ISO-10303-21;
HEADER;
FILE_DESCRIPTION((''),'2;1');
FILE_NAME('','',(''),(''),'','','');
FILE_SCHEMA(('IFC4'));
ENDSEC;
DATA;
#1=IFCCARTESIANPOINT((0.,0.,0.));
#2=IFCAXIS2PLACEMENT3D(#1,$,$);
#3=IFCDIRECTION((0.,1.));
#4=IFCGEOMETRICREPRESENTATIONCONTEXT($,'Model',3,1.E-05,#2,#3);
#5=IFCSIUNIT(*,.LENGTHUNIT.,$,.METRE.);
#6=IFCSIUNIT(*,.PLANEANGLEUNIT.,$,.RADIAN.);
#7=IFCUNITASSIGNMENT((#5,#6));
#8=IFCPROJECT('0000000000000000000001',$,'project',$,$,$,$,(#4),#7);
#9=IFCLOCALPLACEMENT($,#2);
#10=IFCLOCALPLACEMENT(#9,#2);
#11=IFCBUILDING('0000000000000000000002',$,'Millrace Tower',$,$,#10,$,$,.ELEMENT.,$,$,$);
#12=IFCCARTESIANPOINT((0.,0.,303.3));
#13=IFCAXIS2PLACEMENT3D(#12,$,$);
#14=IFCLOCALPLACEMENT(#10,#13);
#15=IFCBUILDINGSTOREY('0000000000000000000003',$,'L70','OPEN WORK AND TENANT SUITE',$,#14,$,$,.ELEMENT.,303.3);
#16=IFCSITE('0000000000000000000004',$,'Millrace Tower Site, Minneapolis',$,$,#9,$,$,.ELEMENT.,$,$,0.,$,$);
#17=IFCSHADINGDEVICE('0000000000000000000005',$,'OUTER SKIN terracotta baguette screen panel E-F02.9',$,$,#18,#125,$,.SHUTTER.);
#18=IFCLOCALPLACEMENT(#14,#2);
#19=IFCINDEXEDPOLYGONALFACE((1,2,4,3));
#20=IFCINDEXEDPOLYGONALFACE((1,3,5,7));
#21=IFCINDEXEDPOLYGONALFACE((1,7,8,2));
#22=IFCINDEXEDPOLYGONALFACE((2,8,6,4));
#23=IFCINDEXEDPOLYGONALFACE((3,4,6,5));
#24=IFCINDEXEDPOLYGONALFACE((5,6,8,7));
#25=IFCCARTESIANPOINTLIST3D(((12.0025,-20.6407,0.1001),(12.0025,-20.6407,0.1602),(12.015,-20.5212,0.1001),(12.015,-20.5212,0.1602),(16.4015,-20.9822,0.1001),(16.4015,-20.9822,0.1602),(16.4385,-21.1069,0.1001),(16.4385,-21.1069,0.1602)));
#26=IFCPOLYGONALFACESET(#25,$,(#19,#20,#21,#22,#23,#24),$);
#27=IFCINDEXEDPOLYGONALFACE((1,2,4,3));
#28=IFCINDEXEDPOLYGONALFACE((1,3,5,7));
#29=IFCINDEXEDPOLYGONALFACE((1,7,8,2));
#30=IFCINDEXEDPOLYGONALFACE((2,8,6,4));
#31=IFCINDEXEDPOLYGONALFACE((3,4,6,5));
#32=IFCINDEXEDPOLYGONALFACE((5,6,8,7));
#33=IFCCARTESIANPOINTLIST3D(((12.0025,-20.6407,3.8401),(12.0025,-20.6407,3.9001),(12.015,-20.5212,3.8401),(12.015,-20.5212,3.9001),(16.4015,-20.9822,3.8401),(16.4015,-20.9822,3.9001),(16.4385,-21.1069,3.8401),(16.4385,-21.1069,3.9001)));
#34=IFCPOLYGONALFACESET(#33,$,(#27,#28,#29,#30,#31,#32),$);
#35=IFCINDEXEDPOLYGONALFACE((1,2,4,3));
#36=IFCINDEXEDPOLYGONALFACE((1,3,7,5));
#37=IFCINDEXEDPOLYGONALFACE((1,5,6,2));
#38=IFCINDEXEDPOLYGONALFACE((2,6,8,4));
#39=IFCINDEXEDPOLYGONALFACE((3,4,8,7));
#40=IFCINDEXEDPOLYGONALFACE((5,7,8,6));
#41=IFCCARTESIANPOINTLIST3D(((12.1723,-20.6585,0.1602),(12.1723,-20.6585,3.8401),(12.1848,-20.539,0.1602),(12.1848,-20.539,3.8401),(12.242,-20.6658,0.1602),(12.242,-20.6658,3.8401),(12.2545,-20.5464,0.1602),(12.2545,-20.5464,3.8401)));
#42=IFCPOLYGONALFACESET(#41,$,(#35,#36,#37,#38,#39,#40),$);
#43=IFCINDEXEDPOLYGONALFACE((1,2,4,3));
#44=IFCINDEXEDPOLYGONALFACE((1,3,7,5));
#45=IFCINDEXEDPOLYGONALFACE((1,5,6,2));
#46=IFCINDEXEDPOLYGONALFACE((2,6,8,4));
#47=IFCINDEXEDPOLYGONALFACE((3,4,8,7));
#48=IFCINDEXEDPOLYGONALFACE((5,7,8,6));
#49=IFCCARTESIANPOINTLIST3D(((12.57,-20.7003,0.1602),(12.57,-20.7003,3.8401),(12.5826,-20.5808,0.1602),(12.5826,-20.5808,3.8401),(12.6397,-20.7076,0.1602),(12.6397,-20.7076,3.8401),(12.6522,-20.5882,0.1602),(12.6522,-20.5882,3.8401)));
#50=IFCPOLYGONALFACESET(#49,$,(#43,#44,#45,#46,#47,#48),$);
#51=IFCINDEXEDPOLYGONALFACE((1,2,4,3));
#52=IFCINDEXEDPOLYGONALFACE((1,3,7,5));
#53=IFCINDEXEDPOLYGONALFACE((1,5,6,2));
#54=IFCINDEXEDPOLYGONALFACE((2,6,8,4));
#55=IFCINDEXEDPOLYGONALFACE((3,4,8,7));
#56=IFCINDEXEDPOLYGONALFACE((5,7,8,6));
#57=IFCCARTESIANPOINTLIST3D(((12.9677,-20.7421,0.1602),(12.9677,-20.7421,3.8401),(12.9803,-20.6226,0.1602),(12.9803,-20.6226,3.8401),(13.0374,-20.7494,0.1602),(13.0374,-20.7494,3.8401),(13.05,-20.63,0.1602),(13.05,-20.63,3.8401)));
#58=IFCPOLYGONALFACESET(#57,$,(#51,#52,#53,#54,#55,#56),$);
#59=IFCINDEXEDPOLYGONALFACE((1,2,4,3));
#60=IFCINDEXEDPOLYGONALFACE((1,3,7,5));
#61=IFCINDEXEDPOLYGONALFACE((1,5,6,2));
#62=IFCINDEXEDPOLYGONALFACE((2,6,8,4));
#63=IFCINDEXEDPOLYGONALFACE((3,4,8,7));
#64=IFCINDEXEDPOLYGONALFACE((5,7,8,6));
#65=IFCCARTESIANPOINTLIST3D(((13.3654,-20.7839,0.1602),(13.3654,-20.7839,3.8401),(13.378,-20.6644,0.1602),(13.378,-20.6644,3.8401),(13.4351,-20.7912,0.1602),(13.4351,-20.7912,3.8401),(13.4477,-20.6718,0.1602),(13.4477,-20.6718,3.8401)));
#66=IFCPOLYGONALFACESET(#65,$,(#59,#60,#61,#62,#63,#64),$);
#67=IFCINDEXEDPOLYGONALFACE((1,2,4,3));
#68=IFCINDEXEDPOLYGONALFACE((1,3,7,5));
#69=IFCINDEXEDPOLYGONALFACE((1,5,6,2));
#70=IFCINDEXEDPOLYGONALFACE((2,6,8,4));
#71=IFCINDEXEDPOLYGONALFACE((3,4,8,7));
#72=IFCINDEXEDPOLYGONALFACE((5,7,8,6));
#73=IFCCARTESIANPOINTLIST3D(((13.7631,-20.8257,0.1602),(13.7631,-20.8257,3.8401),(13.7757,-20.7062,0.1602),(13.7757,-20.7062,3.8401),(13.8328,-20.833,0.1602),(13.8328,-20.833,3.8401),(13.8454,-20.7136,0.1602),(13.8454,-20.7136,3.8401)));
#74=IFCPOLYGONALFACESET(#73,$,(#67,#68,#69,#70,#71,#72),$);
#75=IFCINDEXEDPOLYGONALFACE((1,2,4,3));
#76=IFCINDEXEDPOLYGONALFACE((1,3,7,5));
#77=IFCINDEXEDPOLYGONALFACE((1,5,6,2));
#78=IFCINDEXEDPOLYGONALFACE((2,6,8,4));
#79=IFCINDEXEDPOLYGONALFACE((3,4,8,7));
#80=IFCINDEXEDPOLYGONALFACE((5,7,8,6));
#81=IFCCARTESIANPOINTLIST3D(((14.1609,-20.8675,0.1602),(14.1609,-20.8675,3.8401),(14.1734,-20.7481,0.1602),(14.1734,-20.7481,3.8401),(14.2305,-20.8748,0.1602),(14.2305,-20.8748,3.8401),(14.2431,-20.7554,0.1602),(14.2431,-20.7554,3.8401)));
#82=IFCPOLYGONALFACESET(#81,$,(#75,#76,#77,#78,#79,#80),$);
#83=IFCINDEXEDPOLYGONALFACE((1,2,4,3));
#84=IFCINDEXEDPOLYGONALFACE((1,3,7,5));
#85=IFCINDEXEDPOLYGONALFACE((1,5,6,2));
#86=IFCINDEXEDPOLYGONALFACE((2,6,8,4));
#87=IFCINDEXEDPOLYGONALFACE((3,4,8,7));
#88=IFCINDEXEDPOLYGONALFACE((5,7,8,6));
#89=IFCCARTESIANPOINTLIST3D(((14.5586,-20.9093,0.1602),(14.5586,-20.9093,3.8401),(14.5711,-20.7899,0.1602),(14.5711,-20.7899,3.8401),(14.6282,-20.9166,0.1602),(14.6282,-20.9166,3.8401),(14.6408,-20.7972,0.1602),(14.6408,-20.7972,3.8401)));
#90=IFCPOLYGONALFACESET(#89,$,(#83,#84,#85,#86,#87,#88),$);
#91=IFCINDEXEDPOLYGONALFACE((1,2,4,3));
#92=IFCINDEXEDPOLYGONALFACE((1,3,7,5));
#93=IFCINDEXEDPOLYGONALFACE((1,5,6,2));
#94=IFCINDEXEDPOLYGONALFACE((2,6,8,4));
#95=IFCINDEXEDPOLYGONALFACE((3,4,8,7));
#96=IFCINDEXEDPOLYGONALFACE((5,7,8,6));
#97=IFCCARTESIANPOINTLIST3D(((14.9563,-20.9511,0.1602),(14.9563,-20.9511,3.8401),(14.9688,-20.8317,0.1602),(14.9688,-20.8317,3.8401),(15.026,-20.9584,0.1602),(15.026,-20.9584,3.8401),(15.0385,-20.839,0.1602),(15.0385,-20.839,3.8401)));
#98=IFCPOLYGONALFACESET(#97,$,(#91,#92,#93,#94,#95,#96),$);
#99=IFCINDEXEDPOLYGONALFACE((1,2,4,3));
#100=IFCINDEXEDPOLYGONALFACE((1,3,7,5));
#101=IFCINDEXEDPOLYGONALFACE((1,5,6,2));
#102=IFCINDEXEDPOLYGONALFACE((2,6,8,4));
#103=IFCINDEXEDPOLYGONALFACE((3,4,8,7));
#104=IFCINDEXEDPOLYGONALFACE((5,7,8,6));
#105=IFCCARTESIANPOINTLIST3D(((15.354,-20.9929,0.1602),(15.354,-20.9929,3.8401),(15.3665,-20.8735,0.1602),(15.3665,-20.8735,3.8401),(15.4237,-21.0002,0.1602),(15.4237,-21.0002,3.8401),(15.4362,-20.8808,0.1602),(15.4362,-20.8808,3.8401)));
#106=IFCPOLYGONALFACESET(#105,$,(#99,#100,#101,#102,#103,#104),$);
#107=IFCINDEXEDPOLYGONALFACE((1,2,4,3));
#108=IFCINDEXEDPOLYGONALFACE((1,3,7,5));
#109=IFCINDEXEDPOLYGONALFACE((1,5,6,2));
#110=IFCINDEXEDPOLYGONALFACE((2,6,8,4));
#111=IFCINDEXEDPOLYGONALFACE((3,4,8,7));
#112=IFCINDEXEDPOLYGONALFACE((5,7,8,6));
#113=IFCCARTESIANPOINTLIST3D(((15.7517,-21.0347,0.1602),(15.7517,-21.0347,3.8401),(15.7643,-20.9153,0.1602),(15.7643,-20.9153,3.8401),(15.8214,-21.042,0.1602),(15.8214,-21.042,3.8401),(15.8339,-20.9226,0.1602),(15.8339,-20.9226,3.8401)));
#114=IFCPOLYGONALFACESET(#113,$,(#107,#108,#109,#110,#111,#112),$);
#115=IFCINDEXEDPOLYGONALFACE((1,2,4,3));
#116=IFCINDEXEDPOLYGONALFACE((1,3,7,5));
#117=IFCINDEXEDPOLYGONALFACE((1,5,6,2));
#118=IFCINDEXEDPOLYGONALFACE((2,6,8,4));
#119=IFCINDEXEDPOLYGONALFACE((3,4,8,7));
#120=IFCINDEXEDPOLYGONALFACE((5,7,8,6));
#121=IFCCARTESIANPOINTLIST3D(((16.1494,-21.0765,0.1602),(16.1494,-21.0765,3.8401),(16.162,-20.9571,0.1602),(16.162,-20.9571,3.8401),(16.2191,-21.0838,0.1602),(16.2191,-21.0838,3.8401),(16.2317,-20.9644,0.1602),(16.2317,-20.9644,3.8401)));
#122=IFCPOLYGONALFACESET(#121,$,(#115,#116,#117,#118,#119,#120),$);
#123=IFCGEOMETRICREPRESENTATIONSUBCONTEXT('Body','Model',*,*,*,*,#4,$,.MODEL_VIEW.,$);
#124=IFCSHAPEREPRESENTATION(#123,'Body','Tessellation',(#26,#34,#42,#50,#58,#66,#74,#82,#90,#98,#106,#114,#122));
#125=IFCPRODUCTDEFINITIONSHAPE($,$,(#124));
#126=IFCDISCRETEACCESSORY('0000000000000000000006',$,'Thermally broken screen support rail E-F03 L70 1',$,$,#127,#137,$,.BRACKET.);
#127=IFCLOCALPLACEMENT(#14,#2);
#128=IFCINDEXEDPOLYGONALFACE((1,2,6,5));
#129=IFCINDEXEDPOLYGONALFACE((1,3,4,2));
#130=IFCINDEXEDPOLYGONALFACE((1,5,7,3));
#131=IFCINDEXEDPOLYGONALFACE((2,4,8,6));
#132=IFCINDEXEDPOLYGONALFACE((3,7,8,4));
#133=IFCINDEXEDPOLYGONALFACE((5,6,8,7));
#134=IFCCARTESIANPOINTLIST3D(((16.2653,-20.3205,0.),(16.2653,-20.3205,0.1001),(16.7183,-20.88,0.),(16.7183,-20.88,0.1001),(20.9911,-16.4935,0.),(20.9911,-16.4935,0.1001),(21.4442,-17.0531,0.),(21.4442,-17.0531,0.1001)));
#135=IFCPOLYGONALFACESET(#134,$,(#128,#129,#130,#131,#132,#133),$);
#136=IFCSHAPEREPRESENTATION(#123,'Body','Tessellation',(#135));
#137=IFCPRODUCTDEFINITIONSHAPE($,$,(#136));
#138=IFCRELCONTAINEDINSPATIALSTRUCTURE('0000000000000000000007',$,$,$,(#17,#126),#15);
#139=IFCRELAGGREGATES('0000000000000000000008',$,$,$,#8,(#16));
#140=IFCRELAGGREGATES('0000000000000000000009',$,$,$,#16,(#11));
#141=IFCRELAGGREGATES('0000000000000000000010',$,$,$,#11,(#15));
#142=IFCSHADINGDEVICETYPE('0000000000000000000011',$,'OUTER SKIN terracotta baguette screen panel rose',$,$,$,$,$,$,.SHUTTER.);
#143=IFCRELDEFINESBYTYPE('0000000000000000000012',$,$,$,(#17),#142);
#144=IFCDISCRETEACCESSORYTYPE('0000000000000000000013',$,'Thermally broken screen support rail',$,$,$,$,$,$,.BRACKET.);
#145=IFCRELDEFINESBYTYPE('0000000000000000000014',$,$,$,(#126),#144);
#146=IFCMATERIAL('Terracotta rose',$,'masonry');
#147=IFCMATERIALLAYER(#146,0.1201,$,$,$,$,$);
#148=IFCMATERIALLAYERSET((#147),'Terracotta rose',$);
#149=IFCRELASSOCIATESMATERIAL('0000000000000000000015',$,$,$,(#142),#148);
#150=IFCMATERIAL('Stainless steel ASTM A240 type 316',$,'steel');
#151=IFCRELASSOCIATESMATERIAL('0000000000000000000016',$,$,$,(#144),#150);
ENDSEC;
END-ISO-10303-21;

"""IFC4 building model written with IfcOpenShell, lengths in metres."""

from ifc_helpers import new_model, entity, si_unit, direction, frame, frame_2d, origin, origin_2d, place, context, subcontext, project, spatial, rectangle, extrude, source, transform, mapped, material, layer, layer_set, type_object, element, save


model = new_model("IFC4")

# Units and contexts
model_context = context("Model", 3, precision=1e-05, world=origin(), true_north=direction((0.0, 1.0)))
body_context = subcontext(model_context, "Body", "Model", "MODEL_VIEW")
ifc_project = project(units=[si_unit("LENGTHUNIT", "METRE"), si_unit("PLANEANGLEUNIT", "RADIAN")], contexts=[model_context])

# Site, building, storey
site_placement = place(None, origin())
site = spatial("IfcSite", under=ifc_project, at=site_placement, Name="Millrace Tower Site, Minneapolis", CompositionType="ELEMENT", RefElevation=0.0)
building_placement = place(site_placement, origin())
building = spatial("IfcBuilding", under=site, at=building_placement, Name="Millrace Tower", CompositionType="ELEMENT")
storey_placement = place(building_placement, frame((0.0, 0.0, 303.3)))
storey = spatial("IfcBuildingStorey", under=building, at=storey_placement, Name="L70", Description="OPEN WORK AND TENANT SUITE", CompositionType="ELEMENT", Elevation=303.3)

# Shading device
ifc_material_1 = material(Name="Terracotta rose", Category="masonry")
ifc_layer_1 = layer(ifc_material_1, 0.1201)
ifc_layer_set_1 = layer_set([ifc_layer_1], Name="Terracotta rose")
shading_device_type = type_object("IfcShadingDeviceType", Name="OUTER SKIN terracotta baguette screen panel rose", PredefinedType="SHUTTER", material=ifc_layer_set_1)
cartesian_point_1 = entity("IfcCartesianPoint", [-2.2178, 0.0601])
shared_polyline_1 = entity("IfcPolyline", [cartesian_point_1, entity("IfcCartesianPoint", [2.1929, 0.0601]), entity("IfcCartesianPoint", [2.2427, -0.0601]), entity("IfcCartesianPoint", [-2.2178, -0.0601]), cartesian_point_1])
shared_shape_1 = source(origin(), body_context, "Body", "SweptSolid", [
    entity("IfcExtrudedAreaSolid", entity("IfcArbitraryClosedProfileDef", "AREA", None, shared_polyline_1), entity("IfcAxis2Placement3D", entity("IfcCartesianPoint", [0.0, 0.0, 0.0])), entity("IfcDirection", [0.0, 0.0, 1.0]), 0.0601),
    entity("IfcExtrudedAreaSolid", entity("IfcArbitraryClosedProfileDef", "AREA", None, shared_polyline_1), entity("IfcAxis2Placement3D", entity("IfcCartesianPoint", [0.0, 0.0, 3.74])), entity("IfcDirection", [0.0, 0.0, 1.0]), 0.0601),
    extrude(rectangle(XDim=0.0701, YDim=0.1201, at=frame_2d((-2.012, 0.0))), frame((0.0, 0.0, 0.0601)), (0.0, 0.0, 1.0), 3.6799),
    extrude(rectangle(XDim=0.0701, YDim=0.1201, at=frame_2d((-1.6121, 0.0))), frame((0.0, 0.0, 0.0601)), (0.0, 0.0, 1.0), 3.6799),
    extrude(rectangle(XDim=0.0701, YDim=0.1201, at=frame_2d((-1.2122, 0.0))), frame((0.0, 0.0, 0.0601)), (0.0, 0.0, 1.0), 3.6799),
    extrude(rectangle(XDim=0.0701, YDim=0.1201, at=frame_2d((-0.8123, 0.0))), frame((0.0, 0.0, 0.0601)), (0.0, 0.0, 1.0), 3.6799),
    extrude(rectangle(XDim=0.0701, YDim=0.1201, at=frame_2d((-0.4124, 0.0))), frame((0.0, 0.0, 0.0601)), (0.0, 0.0, 1.0), 3.6799),
    extrude(rectangle(XDim=0.0701, YDim=0.1201, at=frame_2d((-0.0125, 0.0))), frame((0.0, 0.0, 0.0601)), (0.0, 0.0, 1.0), 3.6799),
    extrude(rectangle(XDim=0.0701, YDim=0.1201, at=frame_2d((0.3875, 0.0))), frame((0.0, 0.0, 0.0601)), (0.0, 0.0, 1.0), 3.6799),
    extrude(rectangle(XDim=0.0701, YDim=0.1201, at=frame_2d((0.7874, 0.0))), frame((0.0, 0.0, 0.0601)), (0.0, 0.0, 1.0), 3.6799),
    extrude(rectangle(XDim=0.0701, YDim=0.1201, at=frame_2d((1.1873, 0.0))), frame((0.0, 0.0, 0.0601)), (0.0, 0.0, 1.0), 3.6799),
    extrude(rectangle(XDim=0.0701, YDim=0.1201, at=frame_2d((1.5872, 0.0))), frame((0.0, 0.0, 0.0601)), (0.0, 0.0, 1.0), 3.6799),
    extrude(rectangle(XDim=0.0701, YDim=0.1201, at=frame_2d((1.9871, 0.0))), frame((0.0, 0.0, 0.0601)), (0.0, 0.0, 1.0), 3.6799),
])
shading_device_1_placement = place(storey_placement, frame((14.2144, -20.8127, 0.1001), z_axis=(0.0, 0.0, 1.0), x_axis=(0.994522, -0.104528, 0.0)))
element("IfcShadingDevice", 1, at=shading_device_1_placement, inside=storey, type_object=shading_device_type, Name="OUTER SKIN terracotta baguette screen panel E-F02.9", PredefinedType="SHUTTER", context=body_context, shape_type="MappedRepresentation", body=[
    mapped(shared_shape_1, transform((0.0, 0.0, 0.0), scale=1.0)),
])

# Discrete accessory
ifc_material_2 = material(Name="Stainless steel ASTM A240 type 316", Category="steel")
discrete_accessory_type = type_object("IfcDiscreteAccessoryType", Name="Thermally broken screen support rail", PredefinedType="BRACKET", material=ifc_material_2)
discrete_accessory_placement = place(storey_placement, frame((18.8547, -18.6868, 0.0), z_axis=(0.0, 0.0, 1.0), x_axis=(0.777146, 0.62932, 0.0)))
element("IfcDiscreteAccessory", 2, at=discrete_accessory_placement, inside=storey, type_object=discrete_accessory_type, Name="Thermally broken screen support rail E-F03 L70 1", PredefinedType="BRACKET", context=body_context, shape_type="SweptSolid", body=[
    extrude(rectangle(XDim=6.0811, YDim=0.72, at=origin_2d()), origin(), (0.0, 0.0, 1.0), 0.1001),
])

save(model, "model.ifc")
